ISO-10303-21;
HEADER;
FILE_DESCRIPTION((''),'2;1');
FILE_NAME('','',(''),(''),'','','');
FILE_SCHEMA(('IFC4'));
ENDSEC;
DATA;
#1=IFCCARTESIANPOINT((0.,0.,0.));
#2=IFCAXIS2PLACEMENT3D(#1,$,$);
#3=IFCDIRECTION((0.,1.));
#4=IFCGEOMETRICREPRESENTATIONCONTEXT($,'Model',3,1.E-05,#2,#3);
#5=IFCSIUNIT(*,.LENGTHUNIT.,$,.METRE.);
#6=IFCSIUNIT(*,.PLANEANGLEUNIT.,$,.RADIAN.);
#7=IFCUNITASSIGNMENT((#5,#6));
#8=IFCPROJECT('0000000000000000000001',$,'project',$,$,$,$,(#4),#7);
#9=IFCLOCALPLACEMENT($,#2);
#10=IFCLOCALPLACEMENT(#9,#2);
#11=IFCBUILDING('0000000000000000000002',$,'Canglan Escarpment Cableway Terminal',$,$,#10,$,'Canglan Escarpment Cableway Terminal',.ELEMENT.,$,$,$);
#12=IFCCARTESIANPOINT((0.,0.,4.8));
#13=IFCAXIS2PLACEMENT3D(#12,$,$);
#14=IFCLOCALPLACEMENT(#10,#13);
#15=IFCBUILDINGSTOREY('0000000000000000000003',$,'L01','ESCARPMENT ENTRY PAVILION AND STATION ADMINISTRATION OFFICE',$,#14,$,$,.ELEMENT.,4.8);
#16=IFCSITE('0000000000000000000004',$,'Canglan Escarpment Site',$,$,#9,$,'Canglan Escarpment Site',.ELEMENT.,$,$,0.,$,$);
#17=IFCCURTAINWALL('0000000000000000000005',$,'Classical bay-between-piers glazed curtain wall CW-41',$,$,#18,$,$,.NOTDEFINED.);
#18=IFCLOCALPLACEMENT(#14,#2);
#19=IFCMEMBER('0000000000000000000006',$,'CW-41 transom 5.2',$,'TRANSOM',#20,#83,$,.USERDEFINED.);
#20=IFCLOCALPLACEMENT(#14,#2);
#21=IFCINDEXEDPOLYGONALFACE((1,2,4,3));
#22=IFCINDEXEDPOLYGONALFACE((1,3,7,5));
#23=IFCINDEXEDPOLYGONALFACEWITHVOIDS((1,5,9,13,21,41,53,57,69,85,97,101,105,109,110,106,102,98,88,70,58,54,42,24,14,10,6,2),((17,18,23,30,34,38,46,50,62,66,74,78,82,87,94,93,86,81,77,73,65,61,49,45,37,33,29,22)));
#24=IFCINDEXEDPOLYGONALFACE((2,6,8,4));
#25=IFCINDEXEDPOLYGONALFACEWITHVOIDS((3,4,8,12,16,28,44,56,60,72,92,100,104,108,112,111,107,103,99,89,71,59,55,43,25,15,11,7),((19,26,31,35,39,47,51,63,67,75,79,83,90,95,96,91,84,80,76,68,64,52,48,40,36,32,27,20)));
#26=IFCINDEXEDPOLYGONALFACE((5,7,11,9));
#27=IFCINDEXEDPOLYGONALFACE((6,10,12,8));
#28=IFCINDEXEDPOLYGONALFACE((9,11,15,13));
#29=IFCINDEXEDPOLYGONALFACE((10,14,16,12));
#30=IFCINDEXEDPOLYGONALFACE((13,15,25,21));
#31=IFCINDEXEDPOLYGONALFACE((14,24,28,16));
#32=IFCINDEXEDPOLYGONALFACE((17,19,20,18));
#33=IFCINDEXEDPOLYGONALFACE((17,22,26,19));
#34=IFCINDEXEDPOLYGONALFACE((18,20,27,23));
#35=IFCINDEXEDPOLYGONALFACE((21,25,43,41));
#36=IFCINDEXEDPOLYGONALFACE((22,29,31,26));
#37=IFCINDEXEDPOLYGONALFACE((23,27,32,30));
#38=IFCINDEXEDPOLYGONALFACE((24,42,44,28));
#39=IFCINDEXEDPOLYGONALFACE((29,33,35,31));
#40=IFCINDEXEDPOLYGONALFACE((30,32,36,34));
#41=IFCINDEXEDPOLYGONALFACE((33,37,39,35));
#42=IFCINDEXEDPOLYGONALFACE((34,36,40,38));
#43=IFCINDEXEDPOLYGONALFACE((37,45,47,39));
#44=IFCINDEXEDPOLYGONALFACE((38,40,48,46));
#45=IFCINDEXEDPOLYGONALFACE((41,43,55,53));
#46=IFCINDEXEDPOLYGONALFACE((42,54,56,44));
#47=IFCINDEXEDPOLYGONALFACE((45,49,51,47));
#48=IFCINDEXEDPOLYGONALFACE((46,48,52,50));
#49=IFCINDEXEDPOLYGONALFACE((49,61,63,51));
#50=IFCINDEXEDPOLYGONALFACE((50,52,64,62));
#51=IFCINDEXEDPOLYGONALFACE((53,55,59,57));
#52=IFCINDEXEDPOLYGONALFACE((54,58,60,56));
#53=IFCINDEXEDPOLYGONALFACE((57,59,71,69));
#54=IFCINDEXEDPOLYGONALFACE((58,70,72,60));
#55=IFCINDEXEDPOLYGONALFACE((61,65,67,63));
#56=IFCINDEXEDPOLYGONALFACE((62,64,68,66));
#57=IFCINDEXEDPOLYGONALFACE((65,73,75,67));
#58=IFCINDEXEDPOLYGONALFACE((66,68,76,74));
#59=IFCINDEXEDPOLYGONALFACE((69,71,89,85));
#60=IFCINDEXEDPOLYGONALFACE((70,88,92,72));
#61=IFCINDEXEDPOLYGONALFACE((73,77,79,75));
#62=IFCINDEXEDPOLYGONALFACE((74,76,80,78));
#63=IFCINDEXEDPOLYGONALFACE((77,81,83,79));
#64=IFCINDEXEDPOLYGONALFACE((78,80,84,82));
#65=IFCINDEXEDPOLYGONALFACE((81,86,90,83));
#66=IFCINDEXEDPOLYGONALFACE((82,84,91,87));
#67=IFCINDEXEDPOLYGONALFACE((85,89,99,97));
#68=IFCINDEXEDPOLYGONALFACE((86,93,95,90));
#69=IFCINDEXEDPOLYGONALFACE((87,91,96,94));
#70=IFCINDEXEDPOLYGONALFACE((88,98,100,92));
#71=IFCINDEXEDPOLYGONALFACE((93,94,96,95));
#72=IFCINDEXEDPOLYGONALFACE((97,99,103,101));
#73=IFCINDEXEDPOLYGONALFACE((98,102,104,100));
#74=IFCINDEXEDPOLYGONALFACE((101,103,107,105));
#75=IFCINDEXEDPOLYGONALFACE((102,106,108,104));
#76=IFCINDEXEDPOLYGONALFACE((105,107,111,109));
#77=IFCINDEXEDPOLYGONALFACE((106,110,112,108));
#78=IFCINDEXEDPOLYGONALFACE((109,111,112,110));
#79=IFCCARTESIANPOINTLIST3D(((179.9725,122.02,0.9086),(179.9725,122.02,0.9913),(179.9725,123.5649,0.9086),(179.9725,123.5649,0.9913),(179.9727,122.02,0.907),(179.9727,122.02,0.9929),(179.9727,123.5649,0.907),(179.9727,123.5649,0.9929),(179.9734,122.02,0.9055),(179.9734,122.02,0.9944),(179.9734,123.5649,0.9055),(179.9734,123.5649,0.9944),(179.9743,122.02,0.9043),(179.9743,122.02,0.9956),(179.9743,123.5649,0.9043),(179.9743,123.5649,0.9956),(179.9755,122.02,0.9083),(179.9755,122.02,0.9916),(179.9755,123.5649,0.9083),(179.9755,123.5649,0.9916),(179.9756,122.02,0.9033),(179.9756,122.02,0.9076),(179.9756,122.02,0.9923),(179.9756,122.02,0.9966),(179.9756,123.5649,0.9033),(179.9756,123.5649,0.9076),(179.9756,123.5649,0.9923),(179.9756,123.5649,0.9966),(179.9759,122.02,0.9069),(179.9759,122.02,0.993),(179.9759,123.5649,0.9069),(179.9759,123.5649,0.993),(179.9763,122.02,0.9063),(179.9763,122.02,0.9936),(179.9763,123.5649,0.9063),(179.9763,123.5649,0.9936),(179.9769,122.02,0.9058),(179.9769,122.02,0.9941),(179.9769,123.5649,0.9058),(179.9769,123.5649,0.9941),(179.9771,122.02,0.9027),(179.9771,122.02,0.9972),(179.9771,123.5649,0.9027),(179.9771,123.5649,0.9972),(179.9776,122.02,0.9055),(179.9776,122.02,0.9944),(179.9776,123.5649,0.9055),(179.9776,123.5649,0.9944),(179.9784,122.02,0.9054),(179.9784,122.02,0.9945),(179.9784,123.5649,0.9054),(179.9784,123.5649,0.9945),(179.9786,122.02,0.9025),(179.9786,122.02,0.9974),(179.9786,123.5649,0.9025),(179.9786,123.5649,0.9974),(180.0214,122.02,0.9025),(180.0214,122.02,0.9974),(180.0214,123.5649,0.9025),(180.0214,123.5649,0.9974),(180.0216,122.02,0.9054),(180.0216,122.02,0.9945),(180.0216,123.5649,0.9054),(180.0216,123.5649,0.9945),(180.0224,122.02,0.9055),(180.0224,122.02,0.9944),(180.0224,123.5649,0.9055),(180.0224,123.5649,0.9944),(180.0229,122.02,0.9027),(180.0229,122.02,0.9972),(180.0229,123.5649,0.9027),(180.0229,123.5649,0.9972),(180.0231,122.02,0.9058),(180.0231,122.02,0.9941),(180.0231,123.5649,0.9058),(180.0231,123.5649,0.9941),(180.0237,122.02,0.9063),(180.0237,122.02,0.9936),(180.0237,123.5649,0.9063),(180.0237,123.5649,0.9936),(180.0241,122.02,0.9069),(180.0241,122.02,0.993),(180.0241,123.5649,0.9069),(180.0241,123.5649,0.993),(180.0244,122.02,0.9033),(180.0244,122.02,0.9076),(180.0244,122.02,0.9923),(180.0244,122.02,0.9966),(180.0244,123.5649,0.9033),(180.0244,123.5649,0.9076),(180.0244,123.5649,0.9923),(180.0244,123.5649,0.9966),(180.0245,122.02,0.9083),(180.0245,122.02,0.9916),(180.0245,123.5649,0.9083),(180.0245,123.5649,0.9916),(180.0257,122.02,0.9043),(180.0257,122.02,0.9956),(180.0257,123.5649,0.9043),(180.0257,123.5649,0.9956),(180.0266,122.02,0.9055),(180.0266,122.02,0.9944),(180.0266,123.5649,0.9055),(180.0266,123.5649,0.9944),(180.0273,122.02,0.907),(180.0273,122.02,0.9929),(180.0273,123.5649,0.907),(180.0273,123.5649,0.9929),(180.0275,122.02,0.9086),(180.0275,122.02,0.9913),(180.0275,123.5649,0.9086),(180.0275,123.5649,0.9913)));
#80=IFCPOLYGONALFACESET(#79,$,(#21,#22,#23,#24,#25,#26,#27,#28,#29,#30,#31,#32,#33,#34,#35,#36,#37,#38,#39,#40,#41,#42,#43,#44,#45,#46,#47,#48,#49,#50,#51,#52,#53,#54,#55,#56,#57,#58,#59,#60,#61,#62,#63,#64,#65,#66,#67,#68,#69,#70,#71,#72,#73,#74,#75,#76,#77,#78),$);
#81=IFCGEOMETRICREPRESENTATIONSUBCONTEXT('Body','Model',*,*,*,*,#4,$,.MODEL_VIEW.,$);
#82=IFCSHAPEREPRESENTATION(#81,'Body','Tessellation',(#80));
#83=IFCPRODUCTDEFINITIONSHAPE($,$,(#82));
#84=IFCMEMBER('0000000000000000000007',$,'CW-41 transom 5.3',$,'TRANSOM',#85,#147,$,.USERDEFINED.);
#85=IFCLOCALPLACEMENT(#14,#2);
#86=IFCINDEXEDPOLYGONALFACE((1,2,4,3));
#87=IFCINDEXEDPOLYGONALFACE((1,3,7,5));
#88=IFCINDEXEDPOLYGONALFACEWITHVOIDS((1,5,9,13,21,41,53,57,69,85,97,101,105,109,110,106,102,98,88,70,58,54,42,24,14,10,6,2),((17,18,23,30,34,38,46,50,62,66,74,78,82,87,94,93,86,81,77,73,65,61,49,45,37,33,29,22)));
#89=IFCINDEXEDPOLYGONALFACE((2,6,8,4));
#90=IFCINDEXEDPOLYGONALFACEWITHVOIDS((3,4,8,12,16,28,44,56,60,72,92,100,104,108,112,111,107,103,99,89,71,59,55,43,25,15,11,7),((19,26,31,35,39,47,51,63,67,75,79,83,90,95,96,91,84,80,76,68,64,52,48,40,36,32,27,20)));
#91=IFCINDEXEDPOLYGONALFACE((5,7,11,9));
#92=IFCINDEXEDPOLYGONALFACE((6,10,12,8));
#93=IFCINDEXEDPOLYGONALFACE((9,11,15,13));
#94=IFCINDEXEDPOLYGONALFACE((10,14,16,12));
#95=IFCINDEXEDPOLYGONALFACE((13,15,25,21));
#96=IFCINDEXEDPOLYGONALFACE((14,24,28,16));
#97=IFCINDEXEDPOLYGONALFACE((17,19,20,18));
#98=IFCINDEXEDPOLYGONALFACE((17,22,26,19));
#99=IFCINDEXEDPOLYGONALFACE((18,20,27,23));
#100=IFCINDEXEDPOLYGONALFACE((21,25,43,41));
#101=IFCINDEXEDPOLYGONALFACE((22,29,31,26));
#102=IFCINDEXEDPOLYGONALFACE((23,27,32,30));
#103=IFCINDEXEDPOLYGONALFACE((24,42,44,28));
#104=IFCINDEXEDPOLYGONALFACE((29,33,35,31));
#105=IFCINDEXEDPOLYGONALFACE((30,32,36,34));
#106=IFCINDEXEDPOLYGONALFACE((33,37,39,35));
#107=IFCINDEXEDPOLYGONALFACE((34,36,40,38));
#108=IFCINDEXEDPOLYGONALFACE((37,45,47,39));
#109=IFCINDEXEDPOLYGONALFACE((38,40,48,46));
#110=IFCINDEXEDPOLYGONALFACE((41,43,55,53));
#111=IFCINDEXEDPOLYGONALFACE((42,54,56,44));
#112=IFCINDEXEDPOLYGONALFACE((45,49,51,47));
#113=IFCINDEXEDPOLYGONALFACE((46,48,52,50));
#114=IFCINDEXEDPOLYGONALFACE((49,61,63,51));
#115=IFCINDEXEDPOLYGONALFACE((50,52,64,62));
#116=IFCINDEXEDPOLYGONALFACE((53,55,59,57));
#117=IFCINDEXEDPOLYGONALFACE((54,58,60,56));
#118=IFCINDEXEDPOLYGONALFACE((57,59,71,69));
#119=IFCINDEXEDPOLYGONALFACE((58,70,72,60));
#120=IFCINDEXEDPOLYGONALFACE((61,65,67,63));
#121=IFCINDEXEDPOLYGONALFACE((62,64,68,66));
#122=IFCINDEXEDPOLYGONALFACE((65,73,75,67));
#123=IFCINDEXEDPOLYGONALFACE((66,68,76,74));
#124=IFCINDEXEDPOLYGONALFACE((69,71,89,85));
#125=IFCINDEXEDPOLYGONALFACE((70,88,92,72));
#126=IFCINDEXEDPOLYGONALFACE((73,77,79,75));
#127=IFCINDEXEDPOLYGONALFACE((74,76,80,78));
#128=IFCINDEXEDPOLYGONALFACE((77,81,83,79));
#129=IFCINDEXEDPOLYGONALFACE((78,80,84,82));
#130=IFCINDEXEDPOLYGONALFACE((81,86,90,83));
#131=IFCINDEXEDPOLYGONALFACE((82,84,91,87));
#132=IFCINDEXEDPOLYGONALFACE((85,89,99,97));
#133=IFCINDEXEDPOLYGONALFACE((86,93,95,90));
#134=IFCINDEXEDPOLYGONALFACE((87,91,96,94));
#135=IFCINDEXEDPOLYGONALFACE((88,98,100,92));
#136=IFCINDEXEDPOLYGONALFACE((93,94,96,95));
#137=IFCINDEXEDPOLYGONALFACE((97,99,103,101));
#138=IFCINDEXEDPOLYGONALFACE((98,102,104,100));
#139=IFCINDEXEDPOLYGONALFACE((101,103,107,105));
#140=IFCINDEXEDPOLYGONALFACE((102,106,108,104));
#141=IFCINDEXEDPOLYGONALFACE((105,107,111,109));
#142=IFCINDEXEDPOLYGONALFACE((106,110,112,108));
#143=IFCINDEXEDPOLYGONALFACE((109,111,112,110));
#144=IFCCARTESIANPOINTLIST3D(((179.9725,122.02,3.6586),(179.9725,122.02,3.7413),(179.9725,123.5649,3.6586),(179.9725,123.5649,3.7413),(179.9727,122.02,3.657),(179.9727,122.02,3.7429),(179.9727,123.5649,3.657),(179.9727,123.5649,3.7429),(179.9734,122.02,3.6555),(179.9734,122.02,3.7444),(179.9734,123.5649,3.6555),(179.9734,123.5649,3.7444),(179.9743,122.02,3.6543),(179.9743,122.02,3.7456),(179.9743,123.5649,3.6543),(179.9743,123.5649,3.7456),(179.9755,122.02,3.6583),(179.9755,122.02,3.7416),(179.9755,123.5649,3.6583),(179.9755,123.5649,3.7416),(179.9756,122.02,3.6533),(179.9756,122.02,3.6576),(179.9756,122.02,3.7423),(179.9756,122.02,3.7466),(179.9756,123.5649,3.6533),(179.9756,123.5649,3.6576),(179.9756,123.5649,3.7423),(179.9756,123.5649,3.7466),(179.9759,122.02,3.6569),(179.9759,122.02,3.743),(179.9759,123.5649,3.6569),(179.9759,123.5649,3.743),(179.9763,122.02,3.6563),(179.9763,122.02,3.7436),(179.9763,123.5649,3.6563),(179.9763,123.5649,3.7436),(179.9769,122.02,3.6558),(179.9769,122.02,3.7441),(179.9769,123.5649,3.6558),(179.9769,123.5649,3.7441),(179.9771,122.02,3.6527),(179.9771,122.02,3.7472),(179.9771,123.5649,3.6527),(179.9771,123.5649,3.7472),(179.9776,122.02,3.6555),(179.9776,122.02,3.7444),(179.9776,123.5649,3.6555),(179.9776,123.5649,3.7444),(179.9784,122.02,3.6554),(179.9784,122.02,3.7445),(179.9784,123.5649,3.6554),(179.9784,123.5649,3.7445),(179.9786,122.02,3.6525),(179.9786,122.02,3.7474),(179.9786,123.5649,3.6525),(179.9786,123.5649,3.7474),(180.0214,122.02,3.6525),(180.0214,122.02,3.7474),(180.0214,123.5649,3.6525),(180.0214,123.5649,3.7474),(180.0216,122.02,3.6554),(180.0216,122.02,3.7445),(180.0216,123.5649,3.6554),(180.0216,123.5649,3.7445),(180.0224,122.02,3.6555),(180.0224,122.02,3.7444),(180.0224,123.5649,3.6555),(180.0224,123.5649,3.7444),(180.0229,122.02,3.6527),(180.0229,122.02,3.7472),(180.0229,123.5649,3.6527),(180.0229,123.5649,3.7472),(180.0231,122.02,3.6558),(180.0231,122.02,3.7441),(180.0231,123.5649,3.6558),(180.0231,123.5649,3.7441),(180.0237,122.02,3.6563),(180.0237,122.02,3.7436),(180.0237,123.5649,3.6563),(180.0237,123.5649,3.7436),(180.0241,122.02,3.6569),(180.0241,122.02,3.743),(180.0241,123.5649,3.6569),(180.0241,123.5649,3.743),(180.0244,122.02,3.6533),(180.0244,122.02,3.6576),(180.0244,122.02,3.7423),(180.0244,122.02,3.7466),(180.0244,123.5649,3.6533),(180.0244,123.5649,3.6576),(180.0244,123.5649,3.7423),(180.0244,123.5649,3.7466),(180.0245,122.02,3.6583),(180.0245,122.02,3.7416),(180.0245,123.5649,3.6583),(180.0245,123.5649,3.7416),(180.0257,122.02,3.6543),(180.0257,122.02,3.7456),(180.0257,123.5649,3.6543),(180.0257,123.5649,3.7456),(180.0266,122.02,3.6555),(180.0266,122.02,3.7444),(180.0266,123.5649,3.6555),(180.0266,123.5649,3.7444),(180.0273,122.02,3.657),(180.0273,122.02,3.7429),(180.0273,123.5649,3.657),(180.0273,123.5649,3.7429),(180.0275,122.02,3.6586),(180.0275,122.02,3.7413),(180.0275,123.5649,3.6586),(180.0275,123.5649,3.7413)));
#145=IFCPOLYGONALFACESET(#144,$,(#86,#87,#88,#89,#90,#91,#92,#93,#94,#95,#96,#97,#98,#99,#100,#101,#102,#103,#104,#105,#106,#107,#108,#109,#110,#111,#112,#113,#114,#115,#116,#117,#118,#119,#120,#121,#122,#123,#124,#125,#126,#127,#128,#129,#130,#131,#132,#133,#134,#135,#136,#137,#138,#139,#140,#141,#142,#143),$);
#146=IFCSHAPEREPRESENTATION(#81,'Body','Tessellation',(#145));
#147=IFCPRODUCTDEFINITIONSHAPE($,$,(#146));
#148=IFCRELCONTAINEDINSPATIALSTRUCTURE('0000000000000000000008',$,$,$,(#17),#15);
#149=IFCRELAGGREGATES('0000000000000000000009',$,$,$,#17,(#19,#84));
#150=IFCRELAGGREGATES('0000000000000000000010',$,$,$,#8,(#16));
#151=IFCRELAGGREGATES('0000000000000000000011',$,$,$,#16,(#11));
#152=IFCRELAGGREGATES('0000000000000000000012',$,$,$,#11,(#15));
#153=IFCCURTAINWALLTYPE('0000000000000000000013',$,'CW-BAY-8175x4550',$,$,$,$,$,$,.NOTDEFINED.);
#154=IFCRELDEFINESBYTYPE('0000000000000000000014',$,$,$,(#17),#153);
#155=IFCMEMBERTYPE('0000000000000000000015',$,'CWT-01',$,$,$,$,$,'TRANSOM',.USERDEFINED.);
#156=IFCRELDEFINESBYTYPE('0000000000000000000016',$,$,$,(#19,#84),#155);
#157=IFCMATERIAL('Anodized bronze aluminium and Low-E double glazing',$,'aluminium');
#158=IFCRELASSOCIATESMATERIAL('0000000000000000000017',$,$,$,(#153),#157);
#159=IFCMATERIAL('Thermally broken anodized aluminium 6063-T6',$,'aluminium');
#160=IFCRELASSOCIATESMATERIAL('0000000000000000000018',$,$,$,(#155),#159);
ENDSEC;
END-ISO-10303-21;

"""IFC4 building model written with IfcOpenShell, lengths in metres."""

from ifc_helpers import new_model, si_unit, direction, frame, origin, origin_2d, place, context, subcontext, project, spatial, hollow_rectangle, extrude, material, material_profile, profile_set, type_object, element, aggregate, save


model = new_model("IFC4")

# Units and contexts
model_context = context("Model", 3, precision=1e-05, world=origin(), true_north=direction((0.0, 1.0)))
body_context = subcontext(model_context, "Body", "Model", "MODEL_VIEW")
ifc_project = project(units=[si_unit("LENGTHUNIT", "METRE"), si_unit("PLANEANGLEUNIT", "RADIAN")], contexts=[model_context])

# Site, building, storey
site_placement = place(None, origin())
site = spatial("IfcSite", under=ifc_project, at=site_placement, Name="Canglan Escarpment Site", LongName="Canglan Escarpment Site", CompositionType="ELEMENT", RefElevation=0.0)
building_placement = place(site_placement, origin())
building = spatial("IfcBuilding", under=site, at=building_placement, Name="Canglan Escarpment Cableway Terminal", LongName="Canglan Escarpment Cableway Terminal", CompositionType="ELEMENT")
storey_placement = place(building_placement, frame((0.0, 0.0, 4.8)))
storey = spatial("IfcBuildingStorey", under=building, at=storey_placement, Name="L01", Description="ESCARPMENT ENTRY PAVILION AND STATION ADMINISTRATION OFFICE", CompositionType="ELEMENT", Elevation=4.8)

# Curtain wall, members
ifc_material_1 = material(Name="Anodized bronze aluminium and Low-E double glazing", Category="aluminium")
curtain_wall_type = type_object("IfcCurtainWallType", Name="CW-BAY-8175x4550", PredefinedType="NOTDEFINED", material=ifc_material_1)
curtain_wall_placement = place(storey_placement, origin())
curtain_wall = element("IfcCurtainWall", 1, at=curtain_wall_placement, inside=storey, type_object=curtain_wall_type, Name="Classical bay-between-piers glazed curtain wall CW-41", PredefinedType="NOTDEFINED")
ifc_material_2 = material(Name="Thermally broken anodized aluminium 6063-T6", Category="aluminium")
ifc_material_profile_1 = material_profile(ifc_material_2, hollow_rectangle(XDim=0.0549, YDim=0.095, WallThickness=0.0029, InnerFilletRadius=0.0029, OuterFilletRadius=0.0061, at=origin_2d()), Name="ALU-TRAN 55x95x3")
ifc_profile_set_1 = profile_set([ifc_material_profile_1], Name="Thermally broken anodized aluminium 6063-T6")
member_type_1 = type_object("IfcMemberType", Name="CWT-01", ElementType="TRANSOM", PredefinedType="USERDEFINED", material=ifc_profile_set_1)
member_1_placement = place(storey_placement, frame((180.0, 122.02, 0.95), z_axis=(0.0, 1.0, 0.0), x_axis=(-1.0, 0.0, 0.0)))
member_1 = element("IfcMember", 2, at=member_1_placement, type_object=member_type_1, Name="CW-41 transom 5.2", ObjectType="TRANSOM", PredefinedType="USERDEFINED", context=body_context, shape_type="SweptSolid", body=[
    extrude(hollow_rectangle(XDim=0.0549, YDim=0.095, WallThickness=0.0029, InnerFilletRadius=0.0029, OuterFilletRadius=0.0061, at=origin_2d()), origin(), (0.0, 0.0, 1.0), 1.5449),
])
member_2_placement = place(storey_placement, frame((180.0, 122.02, 3.7), z_axis=(0.0, 1.0, 0.0), x_axis=(-1.0, 0.0, 0.0)))
member_2 = element("IfcMember", 3, at=member_2_placement, type_object=member_type_1, Name="CW-41 transom 5.3", ObjectType="TRANSOM", PredefinedType="USERDEFINED", context=body_context, shape_type="SweptSolid", body=[
    extrude(hollow_rectangle(XDim=0.0549, YDim=0.095, WallThickness=0.0029, InnerFilletRadius=0.0029, OuterFilletRadius=0.0061, at=origin_2d()), origin(), (0.0, 0.0, 1.0), 1.5449),
])
aggregate(curtain_wall, [member_1, member_2])

save(model, "model.ifc")
